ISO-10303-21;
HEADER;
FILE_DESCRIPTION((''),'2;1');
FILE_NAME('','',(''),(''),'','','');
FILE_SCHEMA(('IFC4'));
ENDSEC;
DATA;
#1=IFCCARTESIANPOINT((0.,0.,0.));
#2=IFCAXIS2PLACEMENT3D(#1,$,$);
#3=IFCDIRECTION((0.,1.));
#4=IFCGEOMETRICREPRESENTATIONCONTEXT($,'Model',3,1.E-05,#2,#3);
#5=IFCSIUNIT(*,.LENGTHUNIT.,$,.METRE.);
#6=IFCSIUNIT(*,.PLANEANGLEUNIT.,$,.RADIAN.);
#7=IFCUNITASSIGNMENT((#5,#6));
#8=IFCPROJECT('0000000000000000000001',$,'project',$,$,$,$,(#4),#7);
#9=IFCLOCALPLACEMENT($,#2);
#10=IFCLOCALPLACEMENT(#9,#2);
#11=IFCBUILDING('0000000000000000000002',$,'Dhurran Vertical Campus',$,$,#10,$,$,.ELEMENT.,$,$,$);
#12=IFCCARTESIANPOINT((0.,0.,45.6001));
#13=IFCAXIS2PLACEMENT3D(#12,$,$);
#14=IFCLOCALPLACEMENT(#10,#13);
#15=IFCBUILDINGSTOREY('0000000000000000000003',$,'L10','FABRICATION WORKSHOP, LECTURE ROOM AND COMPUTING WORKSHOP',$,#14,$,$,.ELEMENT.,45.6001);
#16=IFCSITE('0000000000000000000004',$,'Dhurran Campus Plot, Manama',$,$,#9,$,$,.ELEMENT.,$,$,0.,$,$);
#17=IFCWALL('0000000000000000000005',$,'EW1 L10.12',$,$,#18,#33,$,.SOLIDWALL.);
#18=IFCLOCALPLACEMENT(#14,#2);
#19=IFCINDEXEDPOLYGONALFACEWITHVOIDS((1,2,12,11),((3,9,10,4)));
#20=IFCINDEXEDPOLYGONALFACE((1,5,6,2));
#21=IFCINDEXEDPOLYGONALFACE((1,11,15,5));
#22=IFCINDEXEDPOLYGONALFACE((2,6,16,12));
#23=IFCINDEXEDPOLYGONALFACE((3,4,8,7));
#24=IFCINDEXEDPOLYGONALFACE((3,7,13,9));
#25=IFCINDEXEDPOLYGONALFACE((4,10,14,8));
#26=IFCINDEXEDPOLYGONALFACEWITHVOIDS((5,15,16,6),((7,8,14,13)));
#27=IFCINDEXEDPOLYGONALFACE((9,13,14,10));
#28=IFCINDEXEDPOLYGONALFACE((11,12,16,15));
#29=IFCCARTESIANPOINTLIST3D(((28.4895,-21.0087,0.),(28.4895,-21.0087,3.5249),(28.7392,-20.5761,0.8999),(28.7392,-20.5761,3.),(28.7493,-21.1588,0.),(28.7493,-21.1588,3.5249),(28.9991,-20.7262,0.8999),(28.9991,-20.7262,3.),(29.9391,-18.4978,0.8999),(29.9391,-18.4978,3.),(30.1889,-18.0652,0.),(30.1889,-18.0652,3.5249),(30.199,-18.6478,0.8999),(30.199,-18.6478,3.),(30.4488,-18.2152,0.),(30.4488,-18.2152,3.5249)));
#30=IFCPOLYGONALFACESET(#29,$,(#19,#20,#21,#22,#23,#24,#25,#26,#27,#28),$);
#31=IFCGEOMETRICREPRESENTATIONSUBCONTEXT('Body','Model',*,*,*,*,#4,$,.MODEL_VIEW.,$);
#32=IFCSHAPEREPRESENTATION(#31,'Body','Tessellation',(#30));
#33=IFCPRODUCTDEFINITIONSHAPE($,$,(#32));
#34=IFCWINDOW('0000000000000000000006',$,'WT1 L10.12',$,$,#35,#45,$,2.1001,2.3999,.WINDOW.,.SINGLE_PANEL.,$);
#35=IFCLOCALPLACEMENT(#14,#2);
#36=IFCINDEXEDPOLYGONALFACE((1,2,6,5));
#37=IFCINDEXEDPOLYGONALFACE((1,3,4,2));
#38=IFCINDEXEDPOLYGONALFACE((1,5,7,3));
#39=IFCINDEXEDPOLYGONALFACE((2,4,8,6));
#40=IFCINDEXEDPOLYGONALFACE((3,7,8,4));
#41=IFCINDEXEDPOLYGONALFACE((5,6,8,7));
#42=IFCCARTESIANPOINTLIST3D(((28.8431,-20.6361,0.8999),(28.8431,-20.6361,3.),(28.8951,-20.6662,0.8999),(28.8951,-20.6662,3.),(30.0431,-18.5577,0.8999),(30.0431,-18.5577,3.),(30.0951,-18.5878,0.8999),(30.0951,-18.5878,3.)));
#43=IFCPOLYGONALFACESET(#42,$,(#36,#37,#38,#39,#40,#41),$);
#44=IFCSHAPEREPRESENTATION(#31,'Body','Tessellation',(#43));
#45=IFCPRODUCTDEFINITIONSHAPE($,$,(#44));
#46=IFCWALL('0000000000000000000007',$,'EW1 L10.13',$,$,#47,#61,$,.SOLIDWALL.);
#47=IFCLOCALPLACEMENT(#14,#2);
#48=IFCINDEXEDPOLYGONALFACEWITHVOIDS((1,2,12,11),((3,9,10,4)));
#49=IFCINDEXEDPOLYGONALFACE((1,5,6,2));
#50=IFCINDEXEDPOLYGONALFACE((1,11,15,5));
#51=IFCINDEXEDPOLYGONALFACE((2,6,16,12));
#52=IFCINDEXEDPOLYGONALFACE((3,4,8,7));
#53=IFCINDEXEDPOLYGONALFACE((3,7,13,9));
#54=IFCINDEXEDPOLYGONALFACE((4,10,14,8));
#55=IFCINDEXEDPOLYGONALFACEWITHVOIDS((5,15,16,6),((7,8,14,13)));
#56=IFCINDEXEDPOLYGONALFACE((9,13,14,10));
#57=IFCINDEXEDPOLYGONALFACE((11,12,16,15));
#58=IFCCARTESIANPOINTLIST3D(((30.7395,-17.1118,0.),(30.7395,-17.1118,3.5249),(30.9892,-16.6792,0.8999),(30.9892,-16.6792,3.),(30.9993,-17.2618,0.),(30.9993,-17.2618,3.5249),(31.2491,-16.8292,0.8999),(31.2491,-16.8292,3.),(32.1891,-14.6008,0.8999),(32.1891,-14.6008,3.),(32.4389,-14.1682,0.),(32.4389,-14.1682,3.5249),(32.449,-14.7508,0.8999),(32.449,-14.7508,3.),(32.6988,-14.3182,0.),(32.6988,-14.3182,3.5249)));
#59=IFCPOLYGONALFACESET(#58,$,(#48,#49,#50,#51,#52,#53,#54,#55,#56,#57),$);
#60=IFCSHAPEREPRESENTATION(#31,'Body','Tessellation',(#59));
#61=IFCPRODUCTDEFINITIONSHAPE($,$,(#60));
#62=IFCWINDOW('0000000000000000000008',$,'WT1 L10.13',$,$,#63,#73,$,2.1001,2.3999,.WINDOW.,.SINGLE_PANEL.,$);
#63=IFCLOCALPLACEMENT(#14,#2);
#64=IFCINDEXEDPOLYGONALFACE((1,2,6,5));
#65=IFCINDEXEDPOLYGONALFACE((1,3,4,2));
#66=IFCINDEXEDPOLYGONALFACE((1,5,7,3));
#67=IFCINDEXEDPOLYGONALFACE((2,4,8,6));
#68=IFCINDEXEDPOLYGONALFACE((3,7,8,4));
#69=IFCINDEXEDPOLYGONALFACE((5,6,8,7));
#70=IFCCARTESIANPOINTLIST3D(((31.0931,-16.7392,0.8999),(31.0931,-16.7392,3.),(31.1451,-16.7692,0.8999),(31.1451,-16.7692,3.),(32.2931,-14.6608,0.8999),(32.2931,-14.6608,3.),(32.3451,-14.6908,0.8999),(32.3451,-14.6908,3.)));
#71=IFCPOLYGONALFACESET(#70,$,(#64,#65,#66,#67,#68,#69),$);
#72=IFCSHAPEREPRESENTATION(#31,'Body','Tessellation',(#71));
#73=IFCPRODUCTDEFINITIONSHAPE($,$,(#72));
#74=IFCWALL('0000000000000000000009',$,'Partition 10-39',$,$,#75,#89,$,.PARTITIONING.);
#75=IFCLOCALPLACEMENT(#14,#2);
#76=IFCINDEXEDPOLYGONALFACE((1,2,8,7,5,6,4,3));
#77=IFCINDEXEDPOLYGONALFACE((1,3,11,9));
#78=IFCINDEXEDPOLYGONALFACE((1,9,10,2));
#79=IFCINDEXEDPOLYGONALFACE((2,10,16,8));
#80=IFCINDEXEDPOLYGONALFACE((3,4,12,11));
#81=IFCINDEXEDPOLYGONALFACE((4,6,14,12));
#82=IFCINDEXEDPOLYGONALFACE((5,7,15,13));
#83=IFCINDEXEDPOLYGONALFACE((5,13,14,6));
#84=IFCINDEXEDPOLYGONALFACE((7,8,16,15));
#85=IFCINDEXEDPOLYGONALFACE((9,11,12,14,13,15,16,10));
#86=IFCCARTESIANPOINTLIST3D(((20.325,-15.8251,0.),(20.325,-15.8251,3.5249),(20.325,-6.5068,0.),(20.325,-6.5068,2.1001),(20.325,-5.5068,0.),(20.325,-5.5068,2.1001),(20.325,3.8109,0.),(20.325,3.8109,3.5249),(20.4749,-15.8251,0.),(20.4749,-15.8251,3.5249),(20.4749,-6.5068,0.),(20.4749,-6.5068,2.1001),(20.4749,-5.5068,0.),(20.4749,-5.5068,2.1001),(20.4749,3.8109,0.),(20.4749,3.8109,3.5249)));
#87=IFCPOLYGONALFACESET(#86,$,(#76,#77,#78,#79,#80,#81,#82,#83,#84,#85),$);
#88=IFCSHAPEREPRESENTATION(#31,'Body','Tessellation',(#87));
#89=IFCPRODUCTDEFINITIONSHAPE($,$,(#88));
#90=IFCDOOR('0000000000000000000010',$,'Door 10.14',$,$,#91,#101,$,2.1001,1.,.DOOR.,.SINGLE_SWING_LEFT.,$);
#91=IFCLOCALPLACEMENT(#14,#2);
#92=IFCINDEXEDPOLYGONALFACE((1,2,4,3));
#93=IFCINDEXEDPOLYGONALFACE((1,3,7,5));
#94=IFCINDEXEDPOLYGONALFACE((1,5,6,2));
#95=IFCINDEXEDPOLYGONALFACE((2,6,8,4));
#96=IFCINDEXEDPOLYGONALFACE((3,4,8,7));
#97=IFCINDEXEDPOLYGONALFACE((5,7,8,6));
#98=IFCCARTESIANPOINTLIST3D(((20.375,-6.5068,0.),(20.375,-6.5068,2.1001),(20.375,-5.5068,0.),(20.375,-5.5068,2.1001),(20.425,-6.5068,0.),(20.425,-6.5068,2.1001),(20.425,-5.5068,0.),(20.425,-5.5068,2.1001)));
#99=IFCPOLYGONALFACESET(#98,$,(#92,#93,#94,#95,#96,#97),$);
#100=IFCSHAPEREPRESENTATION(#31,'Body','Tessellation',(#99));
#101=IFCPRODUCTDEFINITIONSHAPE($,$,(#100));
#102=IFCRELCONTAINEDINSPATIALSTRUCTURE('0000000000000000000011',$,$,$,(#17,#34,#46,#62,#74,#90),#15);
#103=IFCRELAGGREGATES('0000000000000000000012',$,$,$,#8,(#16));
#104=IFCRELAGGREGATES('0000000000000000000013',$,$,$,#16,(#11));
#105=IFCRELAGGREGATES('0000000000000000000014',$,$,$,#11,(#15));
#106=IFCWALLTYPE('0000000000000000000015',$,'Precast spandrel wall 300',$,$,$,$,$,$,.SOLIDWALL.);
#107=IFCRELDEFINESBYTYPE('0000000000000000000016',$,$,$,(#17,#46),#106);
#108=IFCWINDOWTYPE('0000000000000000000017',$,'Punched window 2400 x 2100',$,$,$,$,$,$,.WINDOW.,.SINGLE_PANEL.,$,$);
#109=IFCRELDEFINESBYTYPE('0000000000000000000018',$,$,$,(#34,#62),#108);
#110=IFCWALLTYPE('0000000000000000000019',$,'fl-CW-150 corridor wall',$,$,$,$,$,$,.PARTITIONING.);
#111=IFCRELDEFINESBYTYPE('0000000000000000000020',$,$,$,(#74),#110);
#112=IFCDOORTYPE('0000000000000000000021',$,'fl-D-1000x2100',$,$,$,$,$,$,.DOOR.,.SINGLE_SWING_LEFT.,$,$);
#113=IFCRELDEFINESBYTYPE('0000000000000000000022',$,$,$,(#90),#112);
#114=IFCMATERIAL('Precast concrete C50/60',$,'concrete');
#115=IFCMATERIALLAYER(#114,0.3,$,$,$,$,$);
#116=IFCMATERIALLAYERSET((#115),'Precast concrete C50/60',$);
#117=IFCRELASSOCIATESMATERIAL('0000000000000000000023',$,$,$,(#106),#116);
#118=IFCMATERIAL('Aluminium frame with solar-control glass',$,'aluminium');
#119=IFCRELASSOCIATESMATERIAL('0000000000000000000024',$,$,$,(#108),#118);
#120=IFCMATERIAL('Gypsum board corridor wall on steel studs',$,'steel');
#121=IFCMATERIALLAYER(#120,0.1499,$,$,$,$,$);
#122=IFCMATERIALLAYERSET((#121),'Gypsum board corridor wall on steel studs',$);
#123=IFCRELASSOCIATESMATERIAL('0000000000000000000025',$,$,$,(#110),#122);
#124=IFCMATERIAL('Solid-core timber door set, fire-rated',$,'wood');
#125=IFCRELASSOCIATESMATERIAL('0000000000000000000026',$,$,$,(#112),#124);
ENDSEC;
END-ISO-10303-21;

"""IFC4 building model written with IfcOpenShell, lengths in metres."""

from ifc_helpers import new_model, si_unit, direction, frame, frame_2d, origin, place, context, subcontext, project, spatial, rectangle, extrude, material, layer, layer_set, type_object, element, fill, save


model = new_model("IFC4")

# Units and contexts
model_context = context("Model", 3, precision=1e-05, world=origin(), true_north=direction((0.0, 1.0)))
body_context = subcontext(model_context, "Body", "Model", "MODEL_VIEW")
ifc_project = project(units=[si_unit("LENGTHUNIT", "METRE"), si_unit("PLANEANGLEUNIT", "RADIAN")], contexts=[model_context])

# Site, building, storey
site_placement = place(None, origin())
site = spatial("IfcSite", under=ifc_project, at=site_placement, Name="Dhurran Campus Plot, Manama", CompositionType="ELEMENT", RefElevation=0.0)
building_placement = place(site_placement, origin())
building = spatial("IfcBuilding", under=site, at=building_placement, Name="Dhurran Vertical Campus", CompositionType="ELEMENT")
storey_placement = place(building_placement, frame((0.0, 0.0, 45.6001)))
storey = spatial("IfcBuildingStorey", under=building, at=storey_placement, Name="L10", Description="FABRICATION WORKSHOP, LECTURE ROOM AND COMPUTING WORKSHOP", CompositionType="ELEMENT", Elevation=45.6001)

# Walls, openings, windows
ifc_material_1 = material(Name="Precast concrete C50/60", Category="concrete")
ifc_layer_1 = layer(ifc_material_1, 0.3)
ifc_layer_set_1 = layer_set([ifc_layer_1], Name="Precast concrete C50/60")
wall_type_1 = type_object("IfcWallType", Name="Precast spandrel wall 300", PredefinedType="SOLIDWALL", material=ifc_layer_set_1)
ifc_material_2 = material(Name="Aluminium frame with solar-control glass", Category="aluminium")
window_type = type_object("IfcWindowType", Name="Punched window 2400 x 2100", PartitioningType="SINGLE_PANEL", PredefinedType="WINDOW", material=ifc_material_2)
wall_1_placement = place(storey_placement, frame((28.6194, -21.0837, 0.0), z_axis=(0.0, 0.0, 1.0), x_axis=(0.499994, 0.866029, 0.0)))
wall_1 = element("IfcWall", 1, at=wall_1_placement, inside=storey, type_object=wall_type_1, Name="EW1 L10.12", PredefinedType="SOLIDWALL", context=body_context, shape_type="SweptSolid", body=[
    extrude(rectangle(XDim=3.3989, YDim=0.3, at=frame_2d((1.6995, 0.0))), origin(), (0.0, 0.0, 1.0), 3.5249),
])
opening_1_placement = place(wall_1_placement, frame((0.4995, 0.0, 0.8999)))
opening_1 = element("IfcOpeningElement", 2, at=opening_1_placement, cuts=wall_1, PredefinedType="OPENING", context=body_context, shape_type="SweptSolid", body=[
    extrude(rectangle(XDim=2.3999, YDim=2.1001, at=frame_2d((1.2, 1.05))), frame((0.0, 0.1599, 0.0), z_axis=(0.0, -1.0, 0.0), x_axis=(1.0, 0.0, 0.0)), (0.0, 0.0, 1.0), 0.3201),
])
window_1_placement = place(opening_1_placement, origin())
window_1 = element("IfcWindow", 3, at=window_1_placement, inside=storey, type_object=window_type, Name="WT1 L10.12", OverallHeight=2.1001, OverallWidth=2.3999, PartitioningType="SINGLE_PANEL", PredefinedType="WINDOW", context=body_context, shape_type="SweptSolid", body=[
    extrude(rectangle(XDim=2.3999, YDim=2.1001, at=frame_2d((1.2, 1.05))), frame((0.0, 0.03, 0.0), z_axis=(0.0, -1.0, 0.0), x_axis=(1.0, 0.0, 0.0)), (0.0, 0.0, 1.0), 0.0601),
])
fill(opening_1, window_1)
wall_2_placement = place(storey_placement, frame((30.8694, -17.1868, 0.0), z_axis=(0.0, 0.0, 1.0), x_axis=(0.499994, 0.866029, 0.0)))
wall_2 = element("IfcWall", 4, at=wall_2_placement, inside=storey, type_object=wall_type_1, Name="EW1 L10.13", PredefinedType="SOLIDWALL", context=body_context, shape_type="SweptSolid", body=[
    extrude(rectangle(XDim=3.3989, YDim=0.3, at=frame_2d((1.6995, 0.0))), origin(), (0.0, 0.0, 1.0), 3.5249),
])
opening_2_placement = place(wall_2_placement, frame((0.4995, 0.0, 0.8999)))
opening_2 = element("IfcOpeningElement", 5, at=opening_2_placement, cuts=wall_2, PredefinedType="OPENING", context=body_context, shape_type="SweptSolid", body=[
    extrude(rectangle(XDim=2.3999, YDim=2.1001, at=frame_2d((1.2, 1.05))), frame((0.0, 0.1599, 0.0), z_axis=(0.0, -1.0, 0.0), x_axis=(1.0, 0.0, 0.0)), (0.0, 0.0, 1.0), 0.3201),
])
window_2_placement = place(opening_2_placement, origin())
window_2 = element("IfcWindow", 6, at=window_2_placement, inside=storey, type_object=window_type, Name="WT1 L10.13", OverallHeight=2.1001, OverallWidth=2.3999, PartitioningType="SINGLE_PANEL", PredefinedType="WINDOW", context=body_context, shape_type="SweptSolid", body=[
    extrude(rectangle(XDim=2.3999, YDim=2.1001, at=frame_2d((1.2, 1.05))), frame((0.0, 0.03, 0.0), z_axis=(0.0, -1.0, 0.0), x_axis=(1.0, 0.0, 0.0)), (0.0, 0.0, 1.0), 0.0601),
])
fill(opening_2, window_2)

# Wall, opening, door
ifc_material_3 = material(Name="Gypsum board corridor wall on steel studs", Category="steel")
ifc_layer_2 = layer(ifc_material_3, 0.1499)
ifc_layer_set_2 = layer_set([ifc_layer_2], Name="Gypsum board corridor wall on steel studs")
wall_type_2 = type_object("IfcWallType", Name="fl-CW-150 corridor wall", PredefinedType="PARTITIONING", material=ifc_layer_set_2)
wall_3_placement = place(storey_placement, frame((20.3999, -15.825, 0.0), z_axis=(0.0, 0.0, 1.0), x_axis=(0.0, 1.0, 0.0)))
wall_3 = element("IfcWall", 7, at=wall_3_placement, inside=storey, type_object=wall_type_2, Name="Partition 10-39", PredefinedType="PARTITIONING", context=body_context, shape_type="SweptSolid", body=[
    extrude(rectangle(XDim=19.636, YDim=0.1499, at=frame_2d((9.8179, 0.0))), origin(), (0.0, 0.0, 1.0), 3.5249),
])
opening_3_placement = place(wall_3_placement, frame((9.3181, 0.0, 0.0)))
opening_3 = element("IfcOpeningElement", 8, at=opening_3_placement, cuts=wall_3, PredefinedType="OPENING", context=body_context, shape_type="SweptSolid", body=[
    extrude(rectangle(XDim=1.0, YDim=2.1001, at=frame_2d((0.5, 1.05))), frame((0.0, 0.085, 0.0), z_axis=(0.0, -1.0, 0.0), x_axis=(1.0, 0.0, 0.0)), (0.0, 0.0, 1.0), 0.1699),
])
ifc_material_4 = material(Name="Solid-core timber door set, fire-rated", Category="wood")
door_type = type_object("IfcDoorType", Name="fl-D-1000x2100", OperationType="SINGLE_SWING_LEFT", PredefinedType="DOOR", material=ifc_material_4)
door_placement = place(opening_3_placement, origin())
door = element("IfcDoor", 9, at=door_placement, inside=storey, type_object=door_type, Name="Door 10.14", OperationType="SINGLE_SWING_LEFT", OverallHeight=2.1001, OverallWidth=1.0, PredefinedType="DOOR", context=body_context, shape_type="SweptSolid", body=[
    extrude(rectangle(XDim=1.0, YDim=2.1001, at=frame_2d((0.5, 1.05))), frame((0.0, 0.0249, 0.0), z_axis=(0.0, -1.0, 0.0), x_axis=(1.0, 0.0, 0.0)), (0.0, 0.0, 1.0), 0.05),
])
fill(opening_3, door)

save(model, "model.ifc")
